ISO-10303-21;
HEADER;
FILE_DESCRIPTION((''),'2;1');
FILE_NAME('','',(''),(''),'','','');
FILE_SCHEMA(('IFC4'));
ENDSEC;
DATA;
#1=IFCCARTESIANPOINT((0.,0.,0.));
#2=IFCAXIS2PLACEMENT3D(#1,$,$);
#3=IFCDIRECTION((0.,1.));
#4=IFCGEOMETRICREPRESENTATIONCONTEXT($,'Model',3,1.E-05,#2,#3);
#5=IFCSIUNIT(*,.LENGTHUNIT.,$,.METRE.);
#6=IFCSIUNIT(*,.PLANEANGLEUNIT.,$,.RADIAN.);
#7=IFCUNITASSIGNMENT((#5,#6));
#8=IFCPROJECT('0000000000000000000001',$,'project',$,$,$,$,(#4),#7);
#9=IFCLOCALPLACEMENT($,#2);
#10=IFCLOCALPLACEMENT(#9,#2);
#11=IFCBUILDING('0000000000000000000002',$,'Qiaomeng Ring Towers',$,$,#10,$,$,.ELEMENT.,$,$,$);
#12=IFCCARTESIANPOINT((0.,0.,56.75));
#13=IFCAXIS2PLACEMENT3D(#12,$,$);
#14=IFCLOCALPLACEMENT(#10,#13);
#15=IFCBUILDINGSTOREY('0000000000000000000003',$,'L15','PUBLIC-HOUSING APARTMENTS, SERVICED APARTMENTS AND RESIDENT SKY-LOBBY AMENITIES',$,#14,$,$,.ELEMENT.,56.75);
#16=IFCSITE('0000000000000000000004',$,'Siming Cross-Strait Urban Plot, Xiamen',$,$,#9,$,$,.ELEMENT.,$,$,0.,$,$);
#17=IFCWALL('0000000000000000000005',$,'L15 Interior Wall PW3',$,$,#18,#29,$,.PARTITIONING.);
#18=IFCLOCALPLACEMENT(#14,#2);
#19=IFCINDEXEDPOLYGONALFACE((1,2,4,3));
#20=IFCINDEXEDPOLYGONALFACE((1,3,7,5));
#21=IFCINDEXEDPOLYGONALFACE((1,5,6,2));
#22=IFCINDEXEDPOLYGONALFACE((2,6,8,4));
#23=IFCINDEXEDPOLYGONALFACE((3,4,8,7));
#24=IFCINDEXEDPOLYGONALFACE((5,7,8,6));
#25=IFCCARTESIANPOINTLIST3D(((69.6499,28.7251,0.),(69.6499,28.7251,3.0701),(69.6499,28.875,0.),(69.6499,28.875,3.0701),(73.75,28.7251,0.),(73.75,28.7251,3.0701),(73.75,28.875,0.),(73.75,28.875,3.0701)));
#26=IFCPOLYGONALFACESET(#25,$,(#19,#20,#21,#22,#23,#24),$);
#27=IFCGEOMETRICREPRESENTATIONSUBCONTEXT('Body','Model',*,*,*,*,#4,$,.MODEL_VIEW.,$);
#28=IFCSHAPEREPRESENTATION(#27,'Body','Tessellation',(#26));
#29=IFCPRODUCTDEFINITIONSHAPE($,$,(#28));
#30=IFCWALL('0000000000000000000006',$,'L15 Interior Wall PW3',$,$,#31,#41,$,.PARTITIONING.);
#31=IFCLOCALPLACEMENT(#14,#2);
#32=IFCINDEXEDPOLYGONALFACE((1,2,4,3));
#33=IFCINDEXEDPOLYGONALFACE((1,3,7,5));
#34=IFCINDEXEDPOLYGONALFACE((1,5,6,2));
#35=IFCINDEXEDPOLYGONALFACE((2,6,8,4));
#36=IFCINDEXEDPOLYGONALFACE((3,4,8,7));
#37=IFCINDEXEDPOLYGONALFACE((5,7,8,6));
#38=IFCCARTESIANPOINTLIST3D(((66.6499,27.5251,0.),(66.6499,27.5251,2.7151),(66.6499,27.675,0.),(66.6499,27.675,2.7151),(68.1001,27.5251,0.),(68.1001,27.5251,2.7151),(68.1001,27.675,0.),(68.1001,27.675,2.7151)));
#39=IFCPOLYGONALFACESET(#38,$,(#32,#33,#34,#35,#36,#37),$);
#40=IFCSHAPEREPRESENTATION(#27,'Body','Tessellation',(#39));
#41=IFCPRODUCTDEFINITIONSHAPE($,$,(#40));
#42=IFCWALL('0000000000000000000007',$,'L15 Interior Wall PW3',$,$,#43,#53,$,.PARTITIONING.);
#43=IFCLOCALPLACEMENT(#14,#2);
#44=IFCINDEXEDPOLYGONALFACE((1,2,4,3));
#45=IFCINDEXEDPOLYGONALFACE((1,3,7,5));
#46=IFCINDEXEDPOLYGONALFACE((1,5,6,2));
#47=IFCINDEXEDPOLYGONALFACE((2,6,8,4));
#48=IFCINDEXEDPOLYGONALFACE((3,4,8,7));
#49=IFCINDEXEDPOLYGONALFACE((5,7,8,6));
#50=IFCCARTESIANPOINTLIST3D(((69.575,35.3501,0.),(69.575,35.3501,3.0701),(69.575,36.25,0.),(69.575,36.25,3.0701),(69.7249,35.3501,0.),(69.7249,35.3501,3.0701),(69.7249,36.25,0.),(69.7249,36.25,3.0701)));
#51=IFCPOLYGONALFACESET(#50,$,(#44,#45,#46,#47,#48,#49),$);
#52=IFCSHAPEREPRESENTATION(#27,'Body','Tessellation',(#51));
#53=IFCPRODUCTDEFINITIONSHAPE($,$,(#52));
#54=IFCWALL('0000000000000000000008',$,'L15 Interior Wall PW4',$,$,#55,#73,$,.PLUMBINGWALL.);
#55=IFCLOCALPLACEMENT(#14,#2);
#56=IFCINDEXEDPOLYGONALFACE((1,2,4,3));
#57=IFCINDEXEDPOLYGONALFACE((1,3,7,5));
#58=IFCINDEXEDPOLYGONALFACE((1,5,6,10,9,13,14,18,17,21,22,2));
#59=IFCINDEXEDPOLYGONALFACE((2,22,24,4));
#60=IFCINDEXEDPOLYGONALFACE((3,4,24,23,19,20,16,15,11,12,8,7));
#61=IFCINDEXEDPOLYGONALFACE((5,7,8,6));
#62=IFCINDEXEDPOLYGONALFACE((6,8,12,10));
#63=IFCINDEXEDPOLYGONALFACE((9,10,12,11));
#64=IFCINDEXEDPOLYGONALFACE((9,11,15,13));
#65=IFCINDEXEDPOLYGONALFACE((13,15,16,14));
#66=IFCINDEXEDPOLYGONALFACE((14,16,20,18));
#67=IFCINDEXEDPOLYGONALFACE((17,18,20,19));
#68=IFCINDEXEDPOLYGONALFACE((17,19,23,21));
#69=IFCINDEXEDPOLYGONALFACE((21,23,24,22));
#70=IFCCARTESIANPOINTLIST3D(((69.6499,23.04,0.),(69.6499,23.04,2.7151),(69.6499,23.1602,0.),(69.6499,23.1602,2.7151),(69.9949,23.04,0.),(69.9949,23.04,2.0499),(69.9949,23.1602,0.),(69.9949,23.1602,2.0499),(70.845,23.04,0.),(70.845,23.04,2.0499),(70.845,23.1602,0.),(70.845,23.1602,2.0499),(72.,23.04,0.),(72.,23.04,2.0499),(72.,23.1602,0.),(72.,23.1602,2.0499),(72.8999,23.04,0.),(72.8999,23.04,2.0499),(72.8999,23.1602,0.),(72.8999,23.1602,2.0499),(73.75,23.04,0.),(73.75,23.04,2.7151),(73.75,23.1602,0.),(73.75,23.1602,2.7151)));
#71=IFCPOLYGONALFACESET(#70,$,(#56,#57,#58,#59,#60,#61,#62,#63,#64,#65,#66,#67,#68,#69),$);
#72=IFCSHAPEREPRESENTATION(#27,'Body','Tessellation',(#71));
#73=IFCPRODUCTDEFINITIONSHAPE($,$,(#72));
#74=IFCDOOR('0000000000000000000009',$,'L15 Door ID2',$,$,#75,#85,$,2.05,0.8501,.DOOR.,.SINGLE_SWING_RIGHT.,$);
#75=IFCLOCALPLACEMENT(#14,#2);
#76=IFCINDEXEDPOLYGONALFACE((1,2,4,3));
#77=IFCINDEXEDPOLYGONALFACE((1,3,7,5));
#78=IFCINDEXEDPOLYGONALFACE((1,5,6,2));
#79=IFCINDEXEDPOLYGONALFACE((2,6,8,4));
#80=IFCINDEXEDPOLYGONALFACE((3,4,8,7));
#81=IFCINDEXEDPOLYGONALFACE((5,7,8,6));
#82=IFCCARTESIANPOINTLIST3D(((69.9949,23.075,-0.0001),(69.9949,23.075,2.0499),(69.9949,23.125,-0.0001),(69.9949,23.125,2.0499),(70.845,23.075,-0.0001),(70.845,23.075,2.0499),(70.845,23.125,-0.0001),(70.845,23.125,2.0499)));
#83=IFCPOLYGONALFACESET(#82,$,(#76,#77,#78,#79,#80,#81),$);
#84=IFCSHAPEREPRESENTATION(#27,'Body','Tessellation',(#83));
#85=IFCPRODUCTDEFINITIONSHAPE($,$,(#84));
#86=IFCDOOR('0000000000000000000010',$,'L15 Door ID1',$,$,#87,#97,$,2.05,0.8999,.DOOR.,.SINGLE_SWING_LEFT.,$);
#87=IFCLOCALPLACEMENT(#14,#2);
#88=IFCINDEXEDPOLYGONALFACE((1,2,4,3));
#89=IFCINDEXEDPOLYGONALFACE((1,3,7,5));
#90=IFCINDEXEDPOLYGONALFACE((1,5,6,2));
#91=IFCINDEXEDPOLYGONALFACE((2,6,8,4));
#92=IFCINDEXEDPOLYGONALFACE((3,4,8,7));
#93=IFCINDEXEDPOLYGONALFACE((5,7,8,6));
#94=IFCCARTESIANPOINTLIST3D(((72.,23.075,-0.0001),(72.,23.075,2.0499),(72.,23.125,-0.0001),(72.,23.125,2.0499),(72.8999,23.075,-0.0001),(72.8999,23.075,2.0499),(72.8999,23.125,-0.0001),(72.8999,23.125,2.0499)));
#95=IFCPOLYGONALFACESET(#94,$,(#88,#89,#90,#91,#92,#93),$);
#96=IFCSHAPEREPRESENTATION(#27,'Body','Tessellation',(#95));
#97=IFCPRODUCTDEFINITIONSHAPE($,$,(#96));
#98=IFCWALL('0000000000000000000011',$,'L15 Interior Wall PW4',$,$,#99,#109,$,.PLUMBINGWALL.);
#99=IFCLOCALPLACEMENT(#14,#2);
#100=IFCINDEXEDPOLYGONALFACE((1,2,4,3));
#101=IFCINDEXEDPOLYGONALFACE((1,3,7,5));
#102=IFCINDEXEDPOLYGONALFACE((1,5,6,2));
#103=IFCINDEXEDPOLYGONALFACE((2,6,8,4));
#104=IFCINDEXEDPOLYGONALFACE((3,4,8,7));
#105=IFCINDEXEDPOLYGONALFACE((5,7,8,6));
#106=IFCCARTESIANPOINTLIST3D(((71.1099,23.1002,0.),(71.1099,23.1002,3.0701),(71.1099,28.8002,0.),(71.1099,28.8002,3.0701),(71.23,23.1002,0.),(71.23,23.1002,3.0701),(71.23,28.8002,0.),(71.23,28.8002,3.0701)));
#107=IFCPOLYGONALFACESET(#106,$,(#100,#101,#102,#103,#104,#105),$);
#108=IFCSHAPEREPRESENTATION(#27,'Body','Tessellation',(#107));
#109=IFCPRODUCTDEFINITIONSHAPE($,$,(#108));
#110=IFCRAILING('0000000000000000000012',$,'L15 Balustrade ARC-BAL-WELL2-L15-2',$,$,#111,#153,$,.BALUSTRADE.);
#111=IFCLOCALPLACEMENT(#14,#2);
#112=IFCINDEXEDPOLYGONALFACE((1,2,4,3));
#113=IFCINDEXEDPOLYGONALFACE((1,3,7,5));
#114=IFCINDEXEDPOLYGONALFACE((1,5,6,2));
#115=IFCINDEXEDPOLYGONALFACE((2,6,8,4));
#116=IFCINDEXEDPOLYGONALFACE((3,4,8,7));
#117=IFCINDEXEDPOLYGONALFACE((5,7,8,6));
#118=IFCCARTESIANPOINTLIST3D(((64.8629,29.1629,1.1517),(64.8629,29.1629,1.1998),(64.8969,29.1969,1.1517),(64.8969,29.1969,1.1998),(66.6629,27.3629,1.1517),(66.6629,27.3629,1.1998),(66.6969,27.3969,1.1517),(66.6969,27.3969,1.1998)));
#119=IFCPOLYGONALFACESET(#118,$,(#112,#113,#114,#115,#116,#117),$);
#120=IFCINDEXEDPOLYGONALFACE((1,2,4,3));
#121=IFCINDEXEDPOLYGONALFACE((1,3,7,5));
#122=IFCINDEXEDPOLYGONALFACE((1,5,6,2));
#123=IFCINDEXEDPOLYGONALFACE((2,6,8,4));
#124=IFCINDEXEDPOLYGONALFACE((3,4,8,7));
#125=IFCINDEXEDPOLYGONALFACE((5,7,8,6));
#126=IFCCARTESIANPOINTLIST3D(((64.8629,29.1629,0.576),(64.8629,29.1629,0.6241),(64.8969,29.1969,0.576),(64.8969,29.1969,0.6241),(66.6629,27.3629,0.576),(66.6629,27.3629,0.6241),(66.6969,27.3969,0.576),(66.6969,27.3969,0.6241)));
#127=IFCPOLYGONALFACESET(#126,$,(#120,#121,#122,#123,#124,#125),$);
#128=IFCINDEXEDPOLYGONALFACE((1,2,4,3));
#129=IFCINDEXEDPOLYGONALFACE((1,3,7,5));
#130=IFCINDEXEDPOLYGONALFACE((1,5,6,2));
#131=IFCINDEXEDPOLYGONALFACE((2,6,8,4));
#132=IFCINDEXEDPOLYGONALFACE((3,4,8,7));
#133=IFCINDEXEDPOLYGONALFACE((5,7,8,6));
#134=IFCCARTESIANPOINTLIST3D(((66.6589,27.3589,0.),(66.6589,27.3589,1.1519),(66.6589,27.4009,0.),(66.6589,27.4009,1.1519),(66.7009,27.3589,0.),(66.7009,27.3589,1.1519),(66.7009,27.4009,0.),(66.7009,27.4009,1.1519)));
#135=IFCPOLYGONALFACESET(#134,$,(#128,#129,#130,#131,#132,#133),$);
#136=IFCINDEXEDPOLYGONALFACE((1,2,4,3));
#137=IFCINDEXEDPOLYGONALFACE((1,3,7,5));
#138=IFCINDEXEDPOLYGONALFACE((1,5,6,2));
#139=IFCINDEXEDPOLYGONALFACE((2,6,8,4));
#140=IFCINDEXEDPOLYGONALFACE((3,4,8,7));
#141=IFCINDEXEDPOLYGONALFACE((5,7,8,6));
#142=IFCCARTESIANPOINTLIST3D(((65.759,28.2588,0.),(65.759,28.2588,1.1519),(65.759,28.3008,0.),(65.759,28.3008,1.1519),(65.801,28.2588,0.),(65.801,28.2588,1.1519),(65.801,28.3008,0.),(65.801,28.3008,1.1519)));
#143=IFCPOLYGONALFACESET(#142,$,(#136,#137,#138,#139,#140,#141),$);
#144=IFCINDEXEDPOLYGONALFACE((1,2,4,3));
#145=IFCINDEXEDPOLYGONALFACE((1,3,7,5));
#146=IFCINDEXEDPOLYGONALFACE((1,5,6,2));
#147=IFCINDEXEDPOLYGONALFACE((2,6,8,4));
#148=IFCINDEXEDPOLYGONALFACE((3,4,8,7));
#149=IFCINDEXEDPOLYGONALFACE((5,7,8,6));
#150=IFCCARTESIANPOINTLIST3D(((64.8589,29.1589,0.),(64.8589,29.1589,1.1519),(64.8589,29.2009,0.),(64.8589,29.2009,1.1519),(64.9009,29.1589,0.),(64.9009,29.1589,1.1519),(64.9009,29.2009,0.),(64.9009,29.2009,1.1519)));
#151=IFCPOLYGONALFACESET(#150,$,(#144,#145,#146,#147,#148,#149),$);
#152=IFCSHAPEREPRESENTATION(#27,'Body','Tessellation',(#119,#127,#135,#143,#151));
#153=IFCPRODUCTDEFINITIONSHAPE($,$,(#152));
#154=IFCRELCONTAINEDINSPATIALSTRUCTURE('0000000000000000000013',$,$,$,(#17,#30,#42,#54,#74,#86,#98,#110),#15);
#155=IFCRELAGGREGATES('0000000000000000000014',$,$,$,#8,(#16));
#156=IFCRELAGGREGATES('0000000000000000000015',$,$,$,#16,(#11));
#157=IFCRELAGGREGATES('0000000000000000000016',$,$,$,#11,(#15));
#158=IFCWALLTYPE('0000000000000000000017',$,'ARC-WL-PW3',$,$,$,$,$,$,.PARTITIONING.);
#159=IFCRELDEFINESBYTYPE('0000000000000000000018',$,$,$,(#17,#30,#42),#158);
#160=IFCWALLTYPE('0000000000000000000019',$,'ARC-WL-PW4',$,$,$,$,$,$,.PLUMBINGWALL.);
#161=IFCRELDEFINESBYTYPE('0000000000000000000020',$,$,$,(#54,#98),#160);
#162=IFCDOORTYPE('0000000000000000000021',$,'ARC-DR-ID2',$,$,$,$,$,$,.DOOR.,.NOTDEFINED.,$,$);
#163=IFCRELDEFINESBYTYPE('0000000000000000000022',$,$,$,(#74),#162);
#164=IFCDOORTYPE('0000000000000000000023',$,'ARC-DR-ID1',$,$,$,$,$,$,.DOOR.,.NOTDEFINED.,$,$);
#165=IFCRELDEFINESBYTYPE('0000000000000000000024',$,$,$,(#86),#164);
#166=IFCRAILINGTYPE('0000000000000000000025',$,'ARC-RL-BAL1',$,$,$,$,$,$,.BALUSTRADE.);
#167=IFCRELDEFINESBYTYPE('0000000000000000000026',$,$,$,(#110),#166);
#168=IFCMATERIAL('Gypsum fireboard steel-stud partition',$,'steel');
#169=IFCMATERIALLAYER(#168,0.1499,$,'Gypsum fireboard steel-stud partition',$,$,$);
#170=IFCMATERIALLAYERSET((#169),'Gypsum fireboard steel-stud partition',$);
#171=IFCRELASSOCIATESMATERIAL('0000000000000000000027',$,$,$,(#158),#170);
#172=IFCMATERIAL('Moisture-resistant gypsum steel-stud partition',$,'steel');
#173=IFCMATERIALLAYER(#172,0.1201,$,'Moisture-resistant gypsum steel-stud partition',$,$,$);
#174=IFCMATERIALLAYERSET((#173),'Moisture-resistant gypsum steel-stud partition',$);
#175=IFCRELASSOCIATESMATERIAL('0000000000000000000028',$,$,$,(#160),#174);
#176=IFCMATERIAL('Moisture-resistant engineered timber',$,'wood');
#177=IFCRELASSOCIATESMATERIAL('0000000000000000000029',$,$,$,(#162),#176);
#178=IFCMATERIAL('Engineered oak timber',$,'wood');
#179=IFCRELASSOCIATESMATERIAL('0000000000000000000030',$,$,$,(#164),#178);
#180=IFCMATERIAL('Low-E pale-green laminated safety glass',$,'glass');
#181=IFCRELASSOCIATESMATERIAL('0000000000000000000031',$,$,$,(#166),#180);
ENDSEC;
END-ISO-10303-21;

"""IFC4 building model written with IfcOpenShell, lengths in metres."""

from ifc_helpers import new_model, si_unit, direction, frame, frame_2d, origin, origin_2d, place, context, subcontext, project, spatial, rectangle, extrude, source, transform, mapped, material, layer, layer_set, type_object, element, fill, save


model = new_model("IFC4")

# Units and contexts
model_context = context("Model", 3, precision=1e-05, world=origin(), true_north=direction((0.0, 1.0)))
body_context = subcontext(model_context, "Body", "Model", "MODEL_VIEW")
ifc_project = project(units=[si_unit("LENGTHUNIT", "METRE"), si_unit("PLANEANGLEUNIT", "RADIAN")], contexts=[model_context])

# Site, building, storey
site_placement = place(None, origin())
site = spatial("IfcSite", under=ifc_project, at=site_placement, Name="Siming Cross-Strait Urban Plot, Xiamen", CompositionType="ELEMENT", RefElevation=0.0)
building_placement = place(site_placement, origin())
building = spatial("IfcBuilding", under=site, at=building_placement, Name="Qiaomeng Ring Towers", CompositionType="ELEMENT")
storey_placement = place(building_placement, frame((0.0, 0.0, 56.75)))
storey = spatial("IfcBuildingStorey", under=building, at=storey_placement, Name="L15", Description="PUBLIC-HOUSING APARTMENTS, SERVICED APARTMENTS AND RESIDENT SKY-LOBBY AMENITIES", CompositionType="ELEMENT", Elevation=56.75)

# Walls
ifc_material_1 = material(Name="Gypsum fireboard steel-stud partition", Category="steel")
ifc_layer_1 = layer(ifc_material_1, 0.1499, Name="Gypsum fireboard steel-stud partition")
ifc_layer_set_1 = layer_set([ifc_layer_1], Name="Gypsum fireboard steel-stud partition")
wall_type_1 = type_object("IfcWallType", Name="ARC-WL-PW3", PredefinedType="PARTITIONING", material=ifc_layer_set_1)
wall_1_placement = place(storey_placement, frame((69.6499, 28.8, 0.0), z_axis=(0.0, 0.0, 1.0), x_axis=(1.0, 0.0, 0.0)))
element("IfcWall", 1, at=wall_1_placement, inside=storey, type_object=wall_type_1, Name="L15 Interior Wall PW3", PredefinedType="PARTITIONING", context=body_context, shape_type="SweptSolid", body=[
    extrude(rectangle(XDim=4.1001, YDim=0.1499, at=frame_2d((2.05, 0.0))), origin(), (0.0, 0.0, 1.0), 3.0701),
])
wall_2_placement = place(storey_placement, frame((66.6499, 27.6001, 0.0), z_axis=(0.0, 0.0, 1.0), x_axis=(1.0, 0.0, 0.0)))
element("IfcWall", 2, at=wall_2_placement, inside=storey, type_object=wall_type_1, Name="L15 Interior Wall PW3", PredefinedType="PARTITIONING", context=body_context, shape_type="SweptSolid", body=[
    extrude(rectangle(XDim=1.4502, YDim=0.1499, at=frame_2d((0.7251, 0.0))), origin(), (0.0, 0.0, 1.0), 2.7151),
])
wall_3_placement = place(storey_placement, frame((69.6499, 35.3501, 0.0), z_axis=(0.0, 0.0, 1.0), x_axis=(0.0, 1.0, 0.0)))
element("IfcWall", 3, at=wall_3_placement, inside=storey, type_object=wall_type_1, Name="L15 Interior Wall PW3", PredefinedType="PARTITIONING", context=body_context, shape_type="SweptSolid", body=[
    extrude(rectangle(XDim=0.8999, YDim=0.1499, at=frame_2d((0.45, 0.0))), origin(), (0.0, 0.0, 1.0), 3.0701),
])

# Wall, openings, doors
ifc_material_2 = material(Name="Moisture-resistant gypsum steel-stud partition", Category="steel")
ifc_layer_2 = layer(ifc_material_2, 0.1201, Name="Moisture-resistant gypsum steel-stud partition")
ifc_layer_set_2 = layer_set([ifc_layer_2], Name="Moisture-resistant gypsum steel-stud partition")
wall_type_2 = type_object("IfcWallType", Name="ARC-WL-PW4", PredefinedType="PLUMBINGWALL", material=ifc_layer_set_2)
wall_4_placement = place(storey_placement, frame((69.6499, 23.1001, 0.0), z_axis=(0.0, 0.0, 1.0), x_axis=(1.0, 0.0, 0.0)))
wall_4 = element("IfcWall", 4, at=wall_4_placement, inside=storey, type_object=wall_type_2, Name="L15 Interior Wall PW4", PredefinedType="PLUMBINGWALL", context=body_context, shape_type="SweptSolid", body=[
    extrude(rectangle(XDim=4.1001, YDim=0.1201, at=frame_2d((2.05, 0.0))), origin(), (0.0, 0.0, 1.0), 2.7151),
])
opening_1_placement = place(wall_4_placement, frame((0.345, 0.0, 0.0)))
opening_1 = element("IfcOpeningElement", 5, at=opening_1_placement, cuts=wall_4, PredefinedType="OPENING", context=body_context, shape_type="SweptSolid", body=[
    extrude(rectangle(XDim=0.8501, YDim=2.05, at=frame_2d((0.425, 1.0249))), frame((0.0, 0.0701, 0.0), z_axis=(0.0, -1.0, 0.0), x_axis=(1.0, 0.0, 0.0)), (0.0, 0.0, 1.0), 0.1401),
])
opening_2_placement = place(wall_4_placement, frame((2.3501, 0.0, 0.0)))
opening_2 = element("IfcOpeningElement", 6, at=opening_2_placement, cuts=wall_4, PredefinedType="OPENING", context=body_context, shape_type="SweptSolid", body=[
    extrude(rectangle(XDim=0.8999, YDim=2.05, at=frame_2d((0.45, 1.0249))), frame((0.0, 0.0701, 0.0), z_axis=(0.0, -1.0, 0.0), x_axis=(1.0, 0.0, 0.0)), (0.0, 0.0, 1.0), 0.1401),
])
ifc_material_3 = material(Name="Moisture-resistant engineered timber", Category="wood")
door_type_1 = type_object("IfcDoorType", Name="ARC-DR-ID2", OperationType="NOTDEFINED", PredefinedType="DOOR", material=ifc_material_3)
shared_shape_1 = source(origin(), body_context, "Body", "SweptSolid", [
    extrude(rectangle(XDim=0.8501, YDim=2.05, at=frame_2d((0.425, 1.0249))), frame((0.0, 0.0249, 0.0), z_axis=(0.0, -1.0, 0.0), x_axis=(1.0, 0.0, 0.0)), (0.0, 0.0, 1.0), 0.05),
])
door_1_placement = place(opening_1_placement, origin())
door_1 = element("IfcDoor", 7, at=door_1_placement, inside=storey, type_object=door_type_1, Name="L15 Door ID2", OperationType="SINGLE_SWING_RIGHT", OverallHeight=2.05, OverallWidth=0.8501, PredefinedType="DOOR", context=body_context, shape_type="MappedRepresentation", body=[
    mapped(shared_shape_1, transform((0.0, 0.0, 0.0), x_axis=(1.0, 0.0, 0.0), y_axis=(0.0, 1.0, 0.0), z_axis=(0.0, 0.0, 1.0), scale=1.0)),
])
fill(opening_1, door_1)
ifc_material_4 = material(Name="Engineered oak timber", Category="wood")
door_type_2 = type_object("IfcDoorType", Name="ARC-DR-ID1", OperationType="NOTDEFINED", PredefinedType="DOOR", material=ifc_material_4)
shared_shape_2 = source(origin(), body_context, "Body", "SweptSolid", [
    extrude(rectangle(XDim=0.8999, YDim=2.05, at=frame_2d((0.45, 1.0249))), frame((0.0, 0.0249, 0.0), z_axis=(0.0, -1.0, 0.0), x_axis=(1.0, 0.0, 0.0)), (0.0, 0.0, 1.0), 0.05),
])
door_2_placement = place(opening_2_placement, origin())
door_2 = element("IfcDoor", 8, at=door_2_placement, inside=storey, type_object=door_type_2, Name="L15 Door ID1", OperationType="SINGLE_SWING_LEFT", OverallHeight=2.05, OverallWidth=0.8999, PredefinedType="DOOR", context=body_context, shape_type="MappedRepresentation", body=[
    mapped(shared_shape_2, transform((0.0, 0.0, 0.0), x_axis=(1.0, 0.0, 0.0), y_axis=(0.0, 1.0, 0.0), z_axis=(0.0, 0.0, 1.0), scale=1.0)),
])
fill(opening_2, door_2)

# Wall
wall_5_placement = place(storey_placement, frame((71.1699, 23.1001, 0.0), z_axis=(0.0, 0.0, 1.0), x_axis=(0.0, 1.0, 0.0)))
element("IfcWall", 9, at=wall_5_placement, inside=storey, type_object=wall_type_2, Name="L15 Interior Wall PW4", PredefinedType="PLUMBINGWALL", context=body_context, shape_type="SweptSolid", body=[
    extrude(rectangle(XDim=5.7, YDim=0.1201, at=frame_2d((2.8501, 0.0))), origin(), (0.0, 0.0, 1.0), 3.0701),
])

# Railing
ifc_material_5 = material(Name="Low-E pale-green laminated safety glass", Category="glass")
railing_type = type_object("IfcRailingType", Name="ARC-RL-BAL1", PredefinedType="BALUSTRADE", material=ifc_material_5)
railing_1_placement = place(storey_placement, frame((66.6799, 27.3799, 0.0)))
element("IfcRailing", 10, at=railing_1_placement, inside=storey, type_object=railing_type, Name="L15 Balustrade ARC-BAL-WELL2-L15-2", PredefinedType="BALUSTRADE", context=body_context, shape_type="SweptSolid", body=[
    extrude(rectangle(XDim=0.0481, YDim=0.0481, at=origin_2d()), frame((0.0, 0.0, 1.1758), z_axis=(-0.707107, 0.707107, 0.0), x_axis=(-0.707107, -0.707107, 0.0)), (0.0, 0.0, 1.0), 2.5457),
    extrude(rectangle(XDim=0.0481, YDim=0.0481, at=origin_2d()), frame((0.0, 0.0, 0.6001), z_axis=(-0.707107, 0.707107, 0.0), x_axis=(-0.707107, -0.707107, 0.0)), (0.0, 0.0, 1.0), 2.5457),
    extrude(rectangle(XDim=0.042, YDim=0.042, at=origin_2d()), origin(), (0.0, 0.0, 1.0), 1.1519),
    extrude(rectangle(XDim=0.042, YDim=0.042, at=origin_2d()), frame((-0.8999, 0.8999, 0.0)), (0.0, 0.0, 1.0), 1.1519),
    extrude(rectangle(XDim=0.042, YDim=0.042, at=origin_2d()), frame((-1.8, 1.8, 0.0)), (0.0, 0.0, 1.0), 1.1519),
])

save(model, "model.ifc")
